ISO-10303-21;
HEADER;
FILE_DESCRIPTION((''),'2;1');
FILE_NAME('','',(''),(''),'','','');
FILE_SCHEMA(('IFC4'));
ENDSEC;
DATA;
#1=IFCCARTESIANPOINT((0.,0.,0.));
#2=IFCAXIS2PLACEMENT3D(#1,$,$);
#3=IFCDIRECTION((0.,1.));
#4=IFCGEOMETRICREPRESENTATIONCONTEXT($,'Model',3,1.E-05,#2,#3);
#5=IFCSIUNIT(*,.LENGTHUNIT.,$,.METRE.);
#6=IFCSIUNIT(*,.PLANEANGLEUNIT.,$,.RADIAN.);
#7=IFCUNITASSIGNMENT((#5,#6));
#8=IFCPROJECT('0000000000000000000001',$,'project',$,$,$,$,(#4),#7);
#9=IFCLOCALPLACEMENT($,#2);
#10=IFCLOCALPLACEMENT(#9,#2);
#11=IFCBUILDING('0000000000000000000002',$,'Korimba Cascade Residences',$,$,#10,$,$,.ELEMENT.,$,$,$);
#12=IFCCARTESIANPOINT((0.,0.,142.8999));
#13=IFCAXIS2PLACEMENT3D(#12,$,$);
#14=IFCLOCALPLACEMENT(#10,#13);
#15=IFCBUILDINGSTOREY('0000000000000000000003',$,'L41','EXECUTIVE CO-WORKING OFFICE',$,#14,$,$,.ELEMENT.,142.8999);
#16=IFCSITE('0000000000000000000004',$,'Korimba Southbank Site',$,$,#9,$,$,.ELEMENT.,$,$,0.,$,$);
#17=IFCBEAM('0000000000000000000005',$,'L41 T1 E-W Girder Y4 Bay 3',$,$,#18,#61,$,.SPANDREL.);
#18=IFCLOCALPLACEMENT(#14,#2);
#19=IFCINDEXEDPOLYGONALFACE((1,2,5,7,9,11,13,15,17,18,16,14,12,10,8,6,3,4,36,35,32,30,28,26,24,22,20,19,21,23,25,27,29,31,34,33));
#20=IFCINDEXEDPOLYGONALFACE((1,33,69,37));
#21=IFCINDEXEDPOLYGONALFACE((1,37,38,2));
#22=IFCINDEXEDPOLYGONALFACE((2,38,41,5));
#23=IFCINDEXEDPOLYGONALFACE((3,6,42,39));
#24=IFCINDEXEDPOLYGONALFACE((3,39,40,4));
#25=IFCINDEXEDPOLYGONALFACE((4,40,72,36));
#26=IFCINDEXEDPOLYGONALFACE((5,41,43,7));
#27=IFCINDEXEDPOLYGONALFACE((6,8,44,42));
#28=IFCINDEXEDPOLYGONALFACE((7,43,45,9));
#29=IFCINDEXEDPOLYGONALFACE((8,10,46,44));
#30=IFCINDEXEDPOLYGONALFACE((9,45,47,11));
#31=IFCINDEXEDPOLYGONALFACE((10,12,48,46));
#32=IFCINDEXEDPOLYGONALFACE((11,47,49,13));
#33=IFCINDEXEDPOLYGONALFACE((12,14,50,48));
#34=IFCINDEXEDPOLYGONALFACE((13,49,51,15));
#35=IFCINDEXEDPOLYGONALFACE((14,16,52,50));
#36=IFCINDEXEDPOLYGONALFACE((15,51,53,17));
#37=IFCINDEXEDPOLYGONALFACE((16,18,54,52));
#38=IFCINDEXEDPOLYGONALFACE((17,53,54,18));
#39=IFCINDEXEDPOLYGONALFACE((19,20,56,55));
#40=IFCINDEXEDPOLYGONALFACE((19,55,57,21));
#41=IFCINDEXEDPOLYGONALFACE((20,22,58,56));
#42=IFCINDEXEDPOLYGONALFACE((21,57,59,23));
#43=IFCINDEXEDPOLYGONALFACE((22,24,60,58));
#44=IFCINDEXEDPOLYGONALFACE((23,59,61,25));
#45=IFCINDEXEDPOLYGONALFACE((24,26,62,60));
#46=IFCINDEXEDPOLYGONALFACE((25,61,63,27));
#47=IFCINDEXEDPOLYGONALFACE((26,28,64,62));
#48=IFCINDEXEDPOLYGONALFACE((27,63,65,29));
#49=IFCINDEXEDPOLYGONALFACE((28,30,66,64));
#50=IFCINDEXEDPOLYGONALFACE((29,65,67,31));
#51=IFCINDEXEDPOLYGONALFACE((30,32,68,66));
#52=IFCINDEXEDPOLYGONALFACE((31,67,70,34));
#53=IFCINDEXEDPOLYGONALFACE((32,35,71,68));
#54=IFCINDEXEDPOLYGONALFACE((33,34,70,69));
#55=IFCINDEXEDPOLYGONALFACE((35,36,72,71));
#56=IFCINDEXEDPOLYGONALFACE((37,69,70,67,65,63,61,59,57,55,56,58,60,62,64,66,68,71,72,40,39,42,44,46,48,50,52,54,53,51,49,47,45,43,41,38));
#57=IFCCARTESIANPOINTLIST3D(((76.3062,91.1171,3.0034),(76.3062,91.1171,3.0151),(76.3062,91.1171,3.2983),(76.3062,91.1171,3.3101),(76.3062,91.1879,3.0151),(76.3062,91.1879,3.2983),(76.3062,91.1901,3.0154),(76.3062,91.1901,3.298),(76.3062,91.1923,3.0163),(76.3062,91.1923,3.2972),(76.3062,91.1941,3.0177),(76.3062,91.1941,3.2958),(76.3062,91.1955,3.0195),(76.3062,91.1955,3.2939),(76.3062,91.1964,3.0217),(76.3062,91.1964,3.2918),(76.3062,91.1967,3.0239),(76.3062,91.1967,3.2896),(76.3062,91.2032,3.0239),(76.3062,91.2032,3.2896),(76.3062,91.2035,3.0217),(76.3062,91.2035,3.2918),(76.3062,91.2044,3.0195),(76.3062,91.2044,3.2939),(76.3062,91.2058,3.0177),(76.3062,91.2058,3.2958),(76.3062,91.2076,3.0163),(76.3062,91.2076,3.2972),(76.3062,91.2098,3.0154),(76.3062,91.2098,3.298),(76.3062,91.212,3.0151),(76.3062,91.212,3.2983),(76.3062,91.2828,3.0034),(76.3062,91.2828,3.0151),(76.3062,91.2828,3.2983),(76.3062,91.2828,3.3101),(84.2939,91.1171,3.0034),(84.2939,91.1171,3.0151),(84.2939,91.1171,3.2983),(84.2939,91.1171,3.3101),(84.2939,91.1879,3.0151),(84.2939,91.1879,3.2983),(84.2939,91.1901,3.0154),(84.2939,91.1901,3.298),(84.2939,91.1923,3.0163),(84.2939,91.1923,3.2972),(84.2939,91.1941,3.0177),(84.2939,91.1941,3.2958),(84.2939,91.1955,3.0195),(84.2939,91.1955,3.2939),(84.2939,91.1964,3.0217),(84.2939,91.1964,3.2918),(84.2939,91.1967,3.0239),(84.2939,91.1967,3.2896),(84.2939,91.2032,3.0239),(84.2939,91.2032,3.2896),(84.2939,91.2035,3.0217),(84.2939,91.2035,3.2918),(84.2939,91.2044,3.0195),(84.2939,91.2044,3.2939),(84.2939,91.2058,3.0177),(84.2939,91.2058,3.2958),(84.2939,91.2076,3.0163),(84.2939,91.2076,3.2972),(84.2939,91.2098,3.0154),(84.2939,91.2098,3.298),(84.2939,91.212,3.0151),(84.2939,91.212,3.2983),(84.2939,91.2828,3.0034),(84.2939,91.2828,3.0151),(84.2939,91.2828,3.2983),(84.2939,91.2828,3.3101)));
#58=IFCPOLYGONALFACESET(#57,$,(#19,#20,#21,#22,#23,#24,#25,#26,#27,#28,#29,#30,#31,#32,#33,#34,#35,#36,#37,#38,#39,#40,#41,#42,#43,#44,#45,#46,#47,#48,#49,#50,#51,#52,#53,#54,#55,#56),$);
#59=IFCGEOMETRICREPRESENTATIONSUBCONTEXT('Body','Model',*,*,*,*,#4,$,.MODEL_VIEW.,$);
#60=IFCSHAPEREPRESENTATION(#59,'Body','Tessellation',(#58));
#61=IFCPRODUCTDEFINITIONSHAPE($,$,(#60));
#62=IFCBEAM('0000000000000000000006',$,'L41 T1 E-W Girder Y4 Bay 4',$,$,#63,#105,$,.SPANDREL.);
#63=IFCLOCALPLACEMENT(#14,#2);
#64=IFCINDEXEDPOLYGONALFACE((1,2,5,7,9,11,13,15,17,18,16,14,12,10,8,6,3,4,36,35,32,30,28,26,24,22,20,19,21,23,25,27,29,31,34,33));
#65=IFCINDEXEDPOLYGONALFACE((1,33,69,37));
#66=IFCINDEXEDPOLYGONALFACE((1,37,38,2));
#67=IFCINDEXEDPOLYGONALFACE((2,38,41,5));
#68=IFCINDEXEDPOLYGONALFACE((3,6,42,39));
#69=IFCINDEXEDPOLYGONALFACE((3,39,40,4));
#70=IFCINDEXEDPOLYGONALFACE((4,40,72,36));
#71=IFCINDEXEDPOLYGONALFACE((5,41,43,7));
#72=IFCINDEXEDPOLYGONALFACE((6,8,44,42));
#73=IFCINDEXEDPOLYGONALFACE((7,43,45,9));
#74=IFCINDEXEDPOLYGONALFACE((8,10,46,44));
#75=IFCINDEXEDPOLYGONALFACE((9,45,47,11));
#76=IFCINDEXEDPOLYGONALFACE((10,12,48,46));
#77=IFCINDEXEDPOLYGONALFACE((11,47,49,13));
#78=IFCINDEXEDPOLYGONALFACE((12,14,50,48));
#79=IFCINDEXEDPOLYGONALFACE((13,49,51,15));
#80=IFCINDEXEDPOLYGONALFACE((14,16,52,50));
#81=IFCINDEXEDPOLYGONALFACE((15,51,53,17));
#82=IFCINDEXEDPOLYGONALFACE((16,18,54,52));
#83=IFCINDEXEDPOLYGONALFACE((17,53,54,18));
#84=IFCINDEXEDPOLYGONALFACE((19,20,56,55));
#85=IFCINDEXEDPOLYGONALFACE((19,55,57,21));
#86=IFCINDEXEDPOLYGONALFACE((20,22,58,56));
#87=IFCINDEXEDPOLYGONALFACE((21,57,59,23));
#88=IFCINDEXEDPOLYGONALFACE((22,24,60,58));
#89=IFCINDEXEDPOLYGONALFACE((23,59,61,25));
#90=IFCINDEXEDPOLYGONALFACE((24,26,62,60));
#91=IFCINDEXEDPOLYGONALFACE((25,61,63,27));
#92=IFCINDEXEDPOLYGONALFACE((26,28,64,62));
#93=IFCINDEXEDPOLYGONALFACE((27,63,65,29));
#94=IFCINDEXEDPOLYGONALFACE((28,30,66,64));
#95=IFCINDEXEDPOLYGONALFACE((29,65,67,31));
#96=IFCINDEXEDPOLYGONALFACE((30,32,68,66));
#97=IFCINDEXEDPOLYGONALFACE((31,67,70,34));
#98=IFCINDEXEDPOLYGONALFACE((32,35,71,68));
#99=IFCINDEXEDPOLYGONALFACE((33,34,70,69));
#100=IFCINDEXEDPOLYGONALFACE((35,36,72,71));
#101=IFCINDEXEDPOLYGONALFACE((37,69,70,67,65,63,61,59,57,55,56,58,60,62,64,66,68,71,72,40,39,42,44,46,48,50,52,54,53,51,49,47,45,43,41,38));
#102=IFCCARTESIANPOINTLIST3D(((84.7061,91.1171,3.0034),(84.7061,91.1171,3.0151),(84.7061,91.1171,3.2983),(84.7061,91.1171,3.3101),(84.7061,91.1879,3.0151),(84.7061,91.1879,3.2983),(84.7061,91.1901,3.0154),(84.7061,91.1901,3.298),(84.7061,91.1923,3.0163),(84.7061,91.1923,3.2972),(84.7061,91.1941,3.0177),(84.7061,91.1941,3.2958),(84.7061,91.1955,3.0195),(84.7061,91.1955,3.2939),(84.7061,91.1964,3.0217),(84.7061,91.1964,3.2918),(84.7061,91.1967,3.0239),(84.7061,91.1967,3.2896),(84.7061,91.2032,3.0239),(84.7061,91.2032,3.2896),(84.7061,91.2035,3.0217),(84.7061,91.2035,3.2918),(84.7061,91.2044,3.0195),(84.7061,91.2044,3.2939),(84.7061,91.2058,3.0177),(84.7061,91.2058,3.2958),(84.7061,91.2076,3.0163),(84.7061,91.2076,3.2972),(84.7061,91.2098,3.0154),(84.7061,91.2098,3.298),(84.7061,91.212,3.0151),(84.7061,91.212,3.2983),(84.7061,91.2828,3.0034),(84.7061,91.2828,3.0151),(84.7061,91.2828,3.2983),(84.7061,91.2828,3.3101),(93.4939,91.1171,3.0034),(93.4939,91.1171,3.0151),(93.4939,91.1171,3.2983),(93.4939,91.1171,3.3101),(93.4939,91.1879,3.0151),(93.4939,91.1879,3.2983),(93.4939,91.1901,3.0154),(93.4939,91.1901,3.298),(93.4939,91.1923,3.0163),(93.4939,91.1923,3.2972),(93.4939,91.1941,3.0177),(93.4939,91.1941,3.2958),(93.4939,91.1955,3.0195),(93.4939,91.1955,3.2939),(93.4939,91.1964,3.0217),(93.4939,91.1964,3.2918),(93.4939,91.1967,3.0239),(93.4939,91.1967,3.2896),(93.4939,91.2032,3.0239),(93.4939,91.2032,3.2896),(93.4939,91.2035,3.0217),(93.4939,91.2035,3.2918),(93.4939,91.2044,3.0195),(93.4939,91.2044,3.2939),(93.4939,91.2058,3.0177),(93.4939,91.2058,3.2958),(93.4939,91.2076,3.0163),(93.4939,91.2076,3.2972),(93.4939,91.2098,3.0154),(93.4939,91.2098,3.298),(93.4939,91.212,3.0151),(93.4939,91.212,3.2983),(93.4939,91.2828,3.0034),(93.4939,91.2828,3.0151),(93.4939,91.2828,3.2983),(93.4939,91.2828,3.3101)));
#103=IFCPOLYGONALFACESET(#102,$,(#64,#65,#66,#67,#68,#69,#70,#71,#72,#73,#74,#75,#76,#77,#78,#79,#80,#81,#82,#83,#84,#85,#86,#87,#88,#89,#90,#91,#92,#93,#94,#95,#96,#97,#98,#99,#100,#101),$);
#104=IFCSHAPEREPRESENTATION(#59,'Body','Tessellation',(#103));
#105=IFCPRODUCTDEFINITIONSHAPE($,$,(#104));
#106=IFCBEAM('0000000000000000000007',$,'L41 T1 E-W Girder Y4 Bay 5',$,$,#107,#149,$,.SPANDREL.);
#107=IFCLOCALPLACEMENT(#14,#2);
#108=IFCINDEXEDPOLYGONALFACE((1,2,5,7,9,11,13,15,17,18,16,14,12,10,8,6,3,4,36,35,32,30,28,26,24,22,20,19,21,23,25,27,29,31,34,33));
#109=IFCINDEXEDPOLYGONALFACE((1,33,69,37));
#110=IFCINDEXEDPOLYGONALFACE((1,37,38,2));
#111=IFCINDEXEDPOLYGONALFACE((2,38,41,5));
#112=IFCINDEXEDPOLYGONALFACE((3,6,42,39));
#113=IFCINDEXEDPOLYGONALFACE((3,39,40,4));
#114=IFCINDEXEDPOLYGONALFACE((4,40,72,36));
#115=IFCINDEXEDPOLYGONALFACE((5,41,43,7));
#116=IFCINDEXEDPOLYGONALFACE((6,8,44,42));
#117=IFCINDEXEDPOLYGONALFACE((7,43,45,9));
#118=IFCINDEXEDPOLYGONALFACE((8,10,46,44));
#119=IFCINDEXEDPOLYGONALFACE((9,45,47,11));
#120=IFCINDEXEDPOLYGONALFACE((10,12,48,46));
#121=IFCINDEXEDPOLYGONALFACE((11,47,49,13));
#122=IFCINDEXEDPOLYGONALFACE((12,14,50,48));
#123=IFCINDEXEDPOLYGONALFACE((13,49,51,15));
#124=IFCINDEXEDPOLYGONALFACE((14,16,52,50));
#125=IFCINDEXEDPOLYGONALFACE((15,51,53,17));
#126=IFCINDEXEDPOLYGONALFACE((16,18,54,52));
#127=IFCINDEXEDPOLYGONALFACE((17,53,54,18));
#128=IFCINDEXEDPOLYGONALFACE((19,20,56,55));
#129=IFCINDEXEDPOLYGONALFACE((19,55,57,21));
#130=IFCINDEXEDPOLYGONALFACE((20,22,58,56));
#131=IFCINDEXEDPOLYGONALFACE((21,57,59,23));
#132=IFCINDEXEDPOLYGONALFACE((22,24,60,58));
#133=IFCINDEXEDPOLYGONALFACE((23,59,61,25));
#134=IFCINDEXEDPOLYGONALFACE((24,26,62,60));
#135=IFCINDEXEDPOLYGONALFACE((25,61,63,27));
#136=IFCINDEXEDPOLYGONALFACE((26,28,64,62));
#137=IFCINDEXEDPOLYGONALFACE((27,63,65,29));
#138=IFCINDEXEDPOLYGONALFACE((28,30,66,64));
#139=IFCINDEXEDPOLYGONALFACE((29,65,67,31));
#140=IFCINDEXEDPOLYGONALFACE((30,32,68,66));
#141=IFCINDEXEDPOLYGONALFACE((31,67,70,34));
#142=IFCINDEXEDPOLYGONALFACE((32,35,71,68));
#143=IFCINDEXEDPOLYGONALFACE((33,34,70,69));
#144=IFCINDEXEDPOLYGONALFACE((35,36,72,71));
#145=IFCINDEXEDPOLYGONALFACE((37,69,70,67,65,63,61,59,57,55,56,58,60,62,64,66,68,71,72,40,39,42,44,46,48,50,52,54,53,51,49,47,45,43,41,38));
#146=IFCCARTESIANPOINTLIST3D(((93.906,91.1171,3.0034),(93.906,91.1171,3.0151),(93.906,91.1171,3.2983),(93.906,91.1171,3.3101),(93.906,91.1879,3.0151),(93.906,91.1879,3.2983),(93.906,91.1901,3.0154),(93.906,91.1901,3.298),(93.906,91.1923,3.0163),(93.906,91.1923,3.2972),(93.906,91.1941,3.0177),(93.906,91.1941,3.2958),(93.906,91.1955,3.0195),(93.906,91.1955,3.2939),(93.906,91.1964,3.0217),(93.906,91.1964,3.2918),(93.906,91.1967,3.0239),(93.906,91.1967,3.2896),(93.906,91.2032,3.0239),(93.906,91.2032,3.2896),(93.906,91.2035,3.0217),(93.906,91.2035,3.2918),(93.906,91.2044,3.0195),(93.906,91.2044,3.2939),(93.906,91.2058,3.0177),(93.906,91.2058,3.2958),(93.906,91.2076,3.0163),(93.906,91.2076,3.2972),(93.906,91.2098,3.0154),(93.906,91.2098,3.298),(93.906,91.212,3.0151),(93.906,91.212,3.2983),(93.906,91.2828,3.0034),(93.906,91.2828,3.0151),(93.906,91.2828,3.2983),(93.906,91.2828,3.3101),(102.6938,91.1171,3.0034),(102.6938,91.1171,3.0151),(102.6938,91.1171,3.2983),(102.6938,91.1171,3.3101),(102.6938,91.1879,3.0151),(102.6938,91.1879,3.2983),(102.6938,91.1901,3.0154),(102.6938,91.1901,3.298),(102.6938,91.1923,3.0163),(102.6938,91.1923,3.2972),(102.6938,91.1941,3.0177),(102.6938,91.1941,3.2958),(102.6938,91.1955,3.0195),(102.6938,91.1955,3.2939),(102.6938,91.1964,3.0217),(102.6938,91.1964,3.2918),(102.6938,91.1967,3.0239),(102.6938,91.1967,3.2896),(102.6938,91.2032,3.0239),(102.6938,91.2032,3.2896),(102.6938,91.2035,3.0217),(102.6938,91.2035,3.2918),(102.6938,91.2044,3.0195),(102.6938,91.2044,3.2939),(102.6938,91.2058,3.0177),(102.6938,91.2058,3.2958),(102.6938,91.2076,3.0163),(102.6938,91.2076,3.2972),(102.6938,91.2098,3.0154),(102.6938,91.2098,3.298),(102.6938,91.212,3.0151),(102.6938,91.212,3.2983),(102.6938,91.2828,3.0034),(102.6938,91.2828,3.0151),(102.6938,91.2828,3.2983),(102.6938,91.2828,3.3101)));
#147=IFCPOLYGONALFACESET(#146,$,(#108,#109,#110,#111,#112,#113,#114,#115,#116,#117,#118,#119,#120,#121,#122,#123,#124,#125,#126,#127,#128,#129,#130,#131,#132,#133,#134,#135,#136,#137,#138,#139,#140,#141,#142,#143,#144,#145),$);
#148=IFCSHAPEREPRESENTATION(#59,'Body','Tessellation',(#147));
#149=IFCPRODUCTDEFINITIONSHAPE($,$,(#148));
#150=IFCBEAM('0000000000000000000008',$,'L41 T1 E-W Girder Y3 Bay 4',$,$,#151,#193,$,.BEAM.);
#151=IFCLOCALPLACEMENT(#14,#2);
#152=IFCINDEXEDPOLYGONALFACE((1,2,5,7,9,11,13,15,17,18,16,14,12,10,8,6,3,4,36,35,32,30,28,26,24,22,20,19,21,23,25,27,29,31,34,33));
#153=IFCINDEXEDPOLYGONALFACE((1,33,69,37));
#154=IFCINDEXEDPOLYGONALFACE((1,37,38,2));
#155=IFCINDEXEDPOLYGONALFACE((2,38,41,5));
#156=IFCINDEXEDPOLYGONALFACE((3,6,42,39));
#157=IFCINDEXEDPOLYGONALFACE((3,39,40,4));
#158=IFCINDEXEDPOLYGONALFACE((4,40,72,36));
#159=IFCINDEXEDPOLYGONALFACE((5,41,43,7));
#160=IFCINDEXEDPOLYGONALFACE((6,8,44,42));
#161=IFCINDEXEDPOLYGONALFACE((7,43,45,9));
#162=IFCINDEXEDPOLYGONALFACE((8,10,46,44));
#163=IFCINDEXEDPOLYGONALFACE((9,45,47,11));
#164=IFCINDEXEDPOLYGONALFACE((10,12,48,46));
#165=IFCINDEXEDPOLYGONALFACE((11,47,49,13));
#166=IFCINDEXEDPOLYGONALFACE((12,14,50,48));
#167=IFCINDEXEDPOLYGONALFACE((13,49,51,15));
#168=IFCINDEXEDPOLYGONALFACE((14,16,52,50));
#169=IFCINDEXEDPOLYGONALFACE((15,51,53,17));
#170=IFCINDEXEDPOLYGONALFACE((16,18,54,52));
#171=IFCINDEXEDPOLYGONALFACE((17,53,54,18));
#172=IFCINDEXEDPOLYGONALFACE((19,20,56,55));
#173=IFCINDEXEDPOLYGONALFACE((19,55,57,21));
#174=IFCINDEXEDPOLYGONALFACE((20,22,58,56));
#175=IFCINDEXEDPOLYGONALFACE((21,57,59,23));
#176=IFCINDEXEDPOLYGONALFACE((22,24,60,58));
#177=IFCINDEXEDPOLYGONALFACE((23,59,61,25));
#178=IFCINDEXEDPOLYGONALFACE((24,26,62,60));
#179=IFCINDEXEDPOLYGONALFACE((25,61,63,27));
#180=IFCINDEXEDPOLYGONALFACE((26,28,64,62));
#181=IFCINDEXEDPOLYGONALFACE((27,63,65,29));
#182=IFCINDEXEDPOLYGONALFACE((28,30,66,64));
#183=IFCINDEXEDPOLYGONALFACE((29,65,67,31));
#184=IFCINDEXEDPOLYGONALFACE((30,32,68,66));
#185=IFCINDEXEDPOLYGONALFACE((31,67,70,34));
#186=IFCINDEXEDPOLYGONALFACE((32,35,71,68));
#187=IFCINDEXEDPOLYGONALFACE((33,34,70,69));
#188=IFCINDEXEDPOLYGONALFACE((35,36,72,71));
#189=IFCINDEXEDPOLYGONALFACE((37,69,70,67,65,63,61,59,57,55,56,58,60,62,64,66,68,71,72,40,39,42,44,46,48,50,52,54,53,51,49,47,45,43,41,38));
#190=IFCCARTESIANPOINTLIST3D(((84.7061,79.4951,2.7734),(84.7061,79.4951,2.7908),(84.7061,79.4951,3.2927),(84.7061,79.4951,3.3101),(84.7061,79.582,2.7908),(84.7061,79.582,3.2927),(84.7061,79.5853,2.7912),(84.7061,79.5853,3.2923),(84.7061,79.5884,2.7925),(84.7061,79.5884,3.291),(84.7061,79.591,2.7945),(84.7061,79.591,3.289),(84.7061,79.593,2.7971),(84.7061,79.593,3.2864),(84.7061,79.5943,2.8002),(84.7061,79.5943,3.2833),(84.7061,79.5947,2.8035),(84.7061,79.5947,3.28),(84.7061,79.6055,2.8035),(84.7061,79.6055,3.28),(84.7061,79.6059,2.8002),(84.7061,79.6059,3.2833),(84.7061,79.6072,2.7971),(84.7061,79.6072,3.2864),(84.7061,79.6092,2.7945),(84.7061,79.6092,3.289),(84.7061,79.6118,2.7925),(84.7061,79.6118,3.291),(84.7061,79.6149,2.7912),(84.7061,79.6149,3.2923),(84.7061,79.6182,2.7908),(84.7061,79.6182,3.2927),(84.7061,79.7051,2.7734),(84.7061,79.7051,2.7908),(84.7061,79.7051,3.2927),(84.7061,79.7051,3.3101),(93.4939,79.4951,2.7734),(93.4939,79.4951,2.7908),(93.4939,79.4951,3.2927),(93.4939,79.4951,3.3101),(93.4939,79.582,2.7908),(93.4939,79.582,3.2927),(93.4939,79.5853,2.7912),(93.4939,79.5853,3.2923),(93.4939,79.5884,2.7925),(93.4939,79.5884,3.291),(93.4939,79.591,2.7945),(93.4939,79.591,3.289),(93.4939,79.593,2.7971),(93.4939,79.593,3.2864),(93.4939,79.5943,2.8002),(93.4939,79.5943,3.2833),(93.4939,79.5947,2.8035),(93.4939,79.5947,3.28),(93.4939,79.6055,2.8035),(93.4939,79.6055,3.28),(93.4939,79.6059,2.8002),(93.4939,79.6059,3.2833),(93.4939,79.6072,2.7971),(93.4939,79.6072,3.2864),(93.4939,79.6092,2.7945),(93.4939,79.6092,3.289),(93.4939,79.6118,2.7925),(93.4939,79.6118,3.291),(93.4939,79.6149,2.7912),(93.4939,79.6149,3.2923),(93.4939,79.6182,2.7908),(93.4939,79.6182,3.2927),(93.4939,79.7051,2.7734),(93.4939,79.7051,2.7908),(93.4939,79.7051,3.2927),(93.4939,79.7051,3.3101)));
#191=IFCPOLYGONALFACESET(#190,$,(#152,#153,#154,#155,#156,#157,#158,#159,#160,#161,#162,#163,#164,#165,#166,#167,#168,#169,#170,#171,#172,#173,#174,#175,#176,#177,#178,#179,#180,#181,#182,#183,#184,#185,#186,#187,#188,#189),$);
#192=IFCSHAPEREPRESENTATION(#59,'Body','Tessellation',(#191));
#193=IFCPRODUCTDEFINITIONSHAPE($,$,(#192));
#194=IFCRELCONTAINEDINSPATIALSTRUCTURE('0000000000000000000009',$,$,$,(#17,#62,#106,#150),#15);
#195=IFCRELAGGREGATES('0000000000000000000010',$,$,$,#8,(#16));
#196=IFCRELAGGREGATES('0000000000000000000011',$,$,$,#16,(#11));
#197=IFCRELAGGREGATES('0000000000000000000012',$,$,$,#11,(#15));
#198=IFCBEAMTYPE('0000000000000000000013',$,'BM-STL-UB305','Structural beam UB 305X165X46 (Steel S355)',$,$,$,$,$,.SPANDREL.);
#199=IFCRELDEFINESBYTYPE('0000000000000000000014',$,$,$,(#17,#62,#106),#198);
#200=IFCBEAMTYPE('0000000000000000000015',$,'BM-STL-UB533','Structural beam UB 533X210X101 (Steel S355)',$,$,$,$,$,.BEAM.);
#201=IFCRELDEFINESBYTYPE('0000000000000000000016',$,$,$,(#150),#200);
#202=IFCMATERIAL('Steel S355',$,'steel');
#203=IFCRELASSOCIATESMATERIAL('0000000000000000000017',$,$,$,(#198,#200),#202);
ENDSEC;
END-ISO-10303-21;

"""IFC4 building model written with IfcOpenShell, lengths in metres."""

from ifc_helpers import new_model, si_unit, direction, frame, origin, origin_2d, place, context, subcontext, project, spatial, i_section, extrude, material, material_profile, profile_set, type_object, element, save


model = new_model("IFC4")

# Units and contexts
model_context = context("Model", 3, precision=1e-05, world=origin(), true_north=direction((0.0, 1.0)))
body_context = subcontext(model_context, "Body", "Model", "MODEL_VIEW")
ifc_project = project(units=[si_unit("LENGTHUNIT", "METRE"), si_unit("PLANEANGLEUNIT", "RADIAN")], contexts=[model_context])

# Site, building, storey
site_placement = place(None, origin())
site = spatial("IfcSite", under=ifc_project, at=site_placement, Name="Korimba Southbank Site", CompositionType="ELEMENT", RefElevation=0.0)
building_placement = place(site_placement, origin())
building = spatial("IfcBuilding", under=site, at=building_placement, Name="Korimba Cascade Residences", CompositionType="ELEMENT")
storey_placement = place(building_placement, frame((0.0, 0.0, 142.8999)))
storey = spatial("IfcBuildingStorey", under=building, at=storey_placement, Name="L41", Description="EXECUTIVE CO-WORKING OFFICE", CompositionType="ELEMENT", Elevation=142.8999)

# Beams
ifc_material_1 = material(Name="Steel S355", Category="steel")
ifc_material_profile_1 = material_profile(ifc_material_1, i_section(OverallWidth=0.1658, OverallDepth=0.3066, WebThickness=0.0066, FlangeThickness=0.0117, FilletRadius=0.0088, at=origin_2d()), Name="Steel S355")
ifc_profile_set_1 = profile_set([ifc_material_profile_1], Name="Steel S355")
beam_type_1 = type_object("IfcBeamType", Name="BM-STL-UB305", Description="Structural beam UB 305X165X46 (Steel S355)", PredefinedType="SPANDREL", material=ifc_profile_set_1)
beam_placement = place(storey_placement, frame((76.3062, 91.2, 3.1567), z_axis=(1.0, 0.0, 0.0), x_axis=(0.0, 1.0, 0.0)))
element("IfcBeam", 1, at=beam_placement, inside=storey, type_object=beam_type_1, Name="L41 T1 E-W Girder Y4 Bay 3", PredefinedType="SPANDREL", context=body_context, shape_type="SweptSolid", body=[
    extrude(i_section(OverallWidth=0.1658, OverallDepth=0.3066, WebThickness=0.0066, FlangeThickness=0.0117, FilletRadius=0.0088, at=origin_2d()), origin(), (0.0, 0.0, 1.0), 7.9878),
])
for number, where, z_axis, x_axis, name in (
    (2, (84.7061, 91.2, 3.1567), (1.0, 0.0, 0.0), (0.0, 1.0, 0.0), "L41 T1 E-W Girder Y4 Bay 4"),
    (3, (93.906, 91.2, 3.1567), (1.0, 0.0, 0.0), (0.0, 1.0, 0.0), "L41 T1 E-W Girder Y4 Bay 5"),
):
    element("IfcBeam", number, at=place(storey_placement, frame(where, z_axis=z_axis, x_axis=x_axis)), inside=storey, type_object=beam_type_1, Name=name, PredefinedType="SPANDREL", context=body_context, shape_type="SweptSolid", body=[
        extrude(i_section(OverallWidth=0.1658, OverallDepth=0.3066, WebThickness=0.0066, FlangeThickness=0.0117, FilletRadius=0.0088, at=origin_2d()), origin(), (0.0, 0.0, 1.0), 8.7878),
    ])
ifc_material_profile_2 = material_profile(ifc_material_1, i_section(OverallWidth=0.21, OverallDepth=0.5366, WebThickness=0.0107, FlangeThickness=0.0173, FilletRadius=0.0127, at=origin_2d()), Name="Steel S355")
ifc_profile_set_2 = profile_set([ifc_material_profile_2], Name="Steel S355")
beam_type_2 = type_object("IfcBeamType", Name="BM-STL-UB533", Description="Structural beam UB 533X210X101 (Steel S355)", PredefinedType="BEAM", material=ifc_profile_set_2)
for number, where, z_axis, x_axis, name in (
    (4, (84.7061, 79.6001, 3.0417), (1.0, 0.0, 0.0), (0.0, 1.0, 0.0), "L41 T1 E-W Girder Y3 Bay 4"),
):
    element("IfcBeam", number, at=place(storey_placement, frame(where, z_axis=z_axis, x_axis=x_axis)), inside=storey, type_object=beam_type_2, Name=name, PredefinedType="BEAM", context=body_context, shape_type="SweptSolid", body=[
        extrude(i_section(OverallWidth=0.21, OverallDepth=0.5366, WebThickness=0.0107, FlangeThickness=0.0173, FilletRadius=0.0127, at=origin_2d()), origin(), (0.0, 0.0, 1.0), 8.7878),
    ])

save(model, "model.ifc")
